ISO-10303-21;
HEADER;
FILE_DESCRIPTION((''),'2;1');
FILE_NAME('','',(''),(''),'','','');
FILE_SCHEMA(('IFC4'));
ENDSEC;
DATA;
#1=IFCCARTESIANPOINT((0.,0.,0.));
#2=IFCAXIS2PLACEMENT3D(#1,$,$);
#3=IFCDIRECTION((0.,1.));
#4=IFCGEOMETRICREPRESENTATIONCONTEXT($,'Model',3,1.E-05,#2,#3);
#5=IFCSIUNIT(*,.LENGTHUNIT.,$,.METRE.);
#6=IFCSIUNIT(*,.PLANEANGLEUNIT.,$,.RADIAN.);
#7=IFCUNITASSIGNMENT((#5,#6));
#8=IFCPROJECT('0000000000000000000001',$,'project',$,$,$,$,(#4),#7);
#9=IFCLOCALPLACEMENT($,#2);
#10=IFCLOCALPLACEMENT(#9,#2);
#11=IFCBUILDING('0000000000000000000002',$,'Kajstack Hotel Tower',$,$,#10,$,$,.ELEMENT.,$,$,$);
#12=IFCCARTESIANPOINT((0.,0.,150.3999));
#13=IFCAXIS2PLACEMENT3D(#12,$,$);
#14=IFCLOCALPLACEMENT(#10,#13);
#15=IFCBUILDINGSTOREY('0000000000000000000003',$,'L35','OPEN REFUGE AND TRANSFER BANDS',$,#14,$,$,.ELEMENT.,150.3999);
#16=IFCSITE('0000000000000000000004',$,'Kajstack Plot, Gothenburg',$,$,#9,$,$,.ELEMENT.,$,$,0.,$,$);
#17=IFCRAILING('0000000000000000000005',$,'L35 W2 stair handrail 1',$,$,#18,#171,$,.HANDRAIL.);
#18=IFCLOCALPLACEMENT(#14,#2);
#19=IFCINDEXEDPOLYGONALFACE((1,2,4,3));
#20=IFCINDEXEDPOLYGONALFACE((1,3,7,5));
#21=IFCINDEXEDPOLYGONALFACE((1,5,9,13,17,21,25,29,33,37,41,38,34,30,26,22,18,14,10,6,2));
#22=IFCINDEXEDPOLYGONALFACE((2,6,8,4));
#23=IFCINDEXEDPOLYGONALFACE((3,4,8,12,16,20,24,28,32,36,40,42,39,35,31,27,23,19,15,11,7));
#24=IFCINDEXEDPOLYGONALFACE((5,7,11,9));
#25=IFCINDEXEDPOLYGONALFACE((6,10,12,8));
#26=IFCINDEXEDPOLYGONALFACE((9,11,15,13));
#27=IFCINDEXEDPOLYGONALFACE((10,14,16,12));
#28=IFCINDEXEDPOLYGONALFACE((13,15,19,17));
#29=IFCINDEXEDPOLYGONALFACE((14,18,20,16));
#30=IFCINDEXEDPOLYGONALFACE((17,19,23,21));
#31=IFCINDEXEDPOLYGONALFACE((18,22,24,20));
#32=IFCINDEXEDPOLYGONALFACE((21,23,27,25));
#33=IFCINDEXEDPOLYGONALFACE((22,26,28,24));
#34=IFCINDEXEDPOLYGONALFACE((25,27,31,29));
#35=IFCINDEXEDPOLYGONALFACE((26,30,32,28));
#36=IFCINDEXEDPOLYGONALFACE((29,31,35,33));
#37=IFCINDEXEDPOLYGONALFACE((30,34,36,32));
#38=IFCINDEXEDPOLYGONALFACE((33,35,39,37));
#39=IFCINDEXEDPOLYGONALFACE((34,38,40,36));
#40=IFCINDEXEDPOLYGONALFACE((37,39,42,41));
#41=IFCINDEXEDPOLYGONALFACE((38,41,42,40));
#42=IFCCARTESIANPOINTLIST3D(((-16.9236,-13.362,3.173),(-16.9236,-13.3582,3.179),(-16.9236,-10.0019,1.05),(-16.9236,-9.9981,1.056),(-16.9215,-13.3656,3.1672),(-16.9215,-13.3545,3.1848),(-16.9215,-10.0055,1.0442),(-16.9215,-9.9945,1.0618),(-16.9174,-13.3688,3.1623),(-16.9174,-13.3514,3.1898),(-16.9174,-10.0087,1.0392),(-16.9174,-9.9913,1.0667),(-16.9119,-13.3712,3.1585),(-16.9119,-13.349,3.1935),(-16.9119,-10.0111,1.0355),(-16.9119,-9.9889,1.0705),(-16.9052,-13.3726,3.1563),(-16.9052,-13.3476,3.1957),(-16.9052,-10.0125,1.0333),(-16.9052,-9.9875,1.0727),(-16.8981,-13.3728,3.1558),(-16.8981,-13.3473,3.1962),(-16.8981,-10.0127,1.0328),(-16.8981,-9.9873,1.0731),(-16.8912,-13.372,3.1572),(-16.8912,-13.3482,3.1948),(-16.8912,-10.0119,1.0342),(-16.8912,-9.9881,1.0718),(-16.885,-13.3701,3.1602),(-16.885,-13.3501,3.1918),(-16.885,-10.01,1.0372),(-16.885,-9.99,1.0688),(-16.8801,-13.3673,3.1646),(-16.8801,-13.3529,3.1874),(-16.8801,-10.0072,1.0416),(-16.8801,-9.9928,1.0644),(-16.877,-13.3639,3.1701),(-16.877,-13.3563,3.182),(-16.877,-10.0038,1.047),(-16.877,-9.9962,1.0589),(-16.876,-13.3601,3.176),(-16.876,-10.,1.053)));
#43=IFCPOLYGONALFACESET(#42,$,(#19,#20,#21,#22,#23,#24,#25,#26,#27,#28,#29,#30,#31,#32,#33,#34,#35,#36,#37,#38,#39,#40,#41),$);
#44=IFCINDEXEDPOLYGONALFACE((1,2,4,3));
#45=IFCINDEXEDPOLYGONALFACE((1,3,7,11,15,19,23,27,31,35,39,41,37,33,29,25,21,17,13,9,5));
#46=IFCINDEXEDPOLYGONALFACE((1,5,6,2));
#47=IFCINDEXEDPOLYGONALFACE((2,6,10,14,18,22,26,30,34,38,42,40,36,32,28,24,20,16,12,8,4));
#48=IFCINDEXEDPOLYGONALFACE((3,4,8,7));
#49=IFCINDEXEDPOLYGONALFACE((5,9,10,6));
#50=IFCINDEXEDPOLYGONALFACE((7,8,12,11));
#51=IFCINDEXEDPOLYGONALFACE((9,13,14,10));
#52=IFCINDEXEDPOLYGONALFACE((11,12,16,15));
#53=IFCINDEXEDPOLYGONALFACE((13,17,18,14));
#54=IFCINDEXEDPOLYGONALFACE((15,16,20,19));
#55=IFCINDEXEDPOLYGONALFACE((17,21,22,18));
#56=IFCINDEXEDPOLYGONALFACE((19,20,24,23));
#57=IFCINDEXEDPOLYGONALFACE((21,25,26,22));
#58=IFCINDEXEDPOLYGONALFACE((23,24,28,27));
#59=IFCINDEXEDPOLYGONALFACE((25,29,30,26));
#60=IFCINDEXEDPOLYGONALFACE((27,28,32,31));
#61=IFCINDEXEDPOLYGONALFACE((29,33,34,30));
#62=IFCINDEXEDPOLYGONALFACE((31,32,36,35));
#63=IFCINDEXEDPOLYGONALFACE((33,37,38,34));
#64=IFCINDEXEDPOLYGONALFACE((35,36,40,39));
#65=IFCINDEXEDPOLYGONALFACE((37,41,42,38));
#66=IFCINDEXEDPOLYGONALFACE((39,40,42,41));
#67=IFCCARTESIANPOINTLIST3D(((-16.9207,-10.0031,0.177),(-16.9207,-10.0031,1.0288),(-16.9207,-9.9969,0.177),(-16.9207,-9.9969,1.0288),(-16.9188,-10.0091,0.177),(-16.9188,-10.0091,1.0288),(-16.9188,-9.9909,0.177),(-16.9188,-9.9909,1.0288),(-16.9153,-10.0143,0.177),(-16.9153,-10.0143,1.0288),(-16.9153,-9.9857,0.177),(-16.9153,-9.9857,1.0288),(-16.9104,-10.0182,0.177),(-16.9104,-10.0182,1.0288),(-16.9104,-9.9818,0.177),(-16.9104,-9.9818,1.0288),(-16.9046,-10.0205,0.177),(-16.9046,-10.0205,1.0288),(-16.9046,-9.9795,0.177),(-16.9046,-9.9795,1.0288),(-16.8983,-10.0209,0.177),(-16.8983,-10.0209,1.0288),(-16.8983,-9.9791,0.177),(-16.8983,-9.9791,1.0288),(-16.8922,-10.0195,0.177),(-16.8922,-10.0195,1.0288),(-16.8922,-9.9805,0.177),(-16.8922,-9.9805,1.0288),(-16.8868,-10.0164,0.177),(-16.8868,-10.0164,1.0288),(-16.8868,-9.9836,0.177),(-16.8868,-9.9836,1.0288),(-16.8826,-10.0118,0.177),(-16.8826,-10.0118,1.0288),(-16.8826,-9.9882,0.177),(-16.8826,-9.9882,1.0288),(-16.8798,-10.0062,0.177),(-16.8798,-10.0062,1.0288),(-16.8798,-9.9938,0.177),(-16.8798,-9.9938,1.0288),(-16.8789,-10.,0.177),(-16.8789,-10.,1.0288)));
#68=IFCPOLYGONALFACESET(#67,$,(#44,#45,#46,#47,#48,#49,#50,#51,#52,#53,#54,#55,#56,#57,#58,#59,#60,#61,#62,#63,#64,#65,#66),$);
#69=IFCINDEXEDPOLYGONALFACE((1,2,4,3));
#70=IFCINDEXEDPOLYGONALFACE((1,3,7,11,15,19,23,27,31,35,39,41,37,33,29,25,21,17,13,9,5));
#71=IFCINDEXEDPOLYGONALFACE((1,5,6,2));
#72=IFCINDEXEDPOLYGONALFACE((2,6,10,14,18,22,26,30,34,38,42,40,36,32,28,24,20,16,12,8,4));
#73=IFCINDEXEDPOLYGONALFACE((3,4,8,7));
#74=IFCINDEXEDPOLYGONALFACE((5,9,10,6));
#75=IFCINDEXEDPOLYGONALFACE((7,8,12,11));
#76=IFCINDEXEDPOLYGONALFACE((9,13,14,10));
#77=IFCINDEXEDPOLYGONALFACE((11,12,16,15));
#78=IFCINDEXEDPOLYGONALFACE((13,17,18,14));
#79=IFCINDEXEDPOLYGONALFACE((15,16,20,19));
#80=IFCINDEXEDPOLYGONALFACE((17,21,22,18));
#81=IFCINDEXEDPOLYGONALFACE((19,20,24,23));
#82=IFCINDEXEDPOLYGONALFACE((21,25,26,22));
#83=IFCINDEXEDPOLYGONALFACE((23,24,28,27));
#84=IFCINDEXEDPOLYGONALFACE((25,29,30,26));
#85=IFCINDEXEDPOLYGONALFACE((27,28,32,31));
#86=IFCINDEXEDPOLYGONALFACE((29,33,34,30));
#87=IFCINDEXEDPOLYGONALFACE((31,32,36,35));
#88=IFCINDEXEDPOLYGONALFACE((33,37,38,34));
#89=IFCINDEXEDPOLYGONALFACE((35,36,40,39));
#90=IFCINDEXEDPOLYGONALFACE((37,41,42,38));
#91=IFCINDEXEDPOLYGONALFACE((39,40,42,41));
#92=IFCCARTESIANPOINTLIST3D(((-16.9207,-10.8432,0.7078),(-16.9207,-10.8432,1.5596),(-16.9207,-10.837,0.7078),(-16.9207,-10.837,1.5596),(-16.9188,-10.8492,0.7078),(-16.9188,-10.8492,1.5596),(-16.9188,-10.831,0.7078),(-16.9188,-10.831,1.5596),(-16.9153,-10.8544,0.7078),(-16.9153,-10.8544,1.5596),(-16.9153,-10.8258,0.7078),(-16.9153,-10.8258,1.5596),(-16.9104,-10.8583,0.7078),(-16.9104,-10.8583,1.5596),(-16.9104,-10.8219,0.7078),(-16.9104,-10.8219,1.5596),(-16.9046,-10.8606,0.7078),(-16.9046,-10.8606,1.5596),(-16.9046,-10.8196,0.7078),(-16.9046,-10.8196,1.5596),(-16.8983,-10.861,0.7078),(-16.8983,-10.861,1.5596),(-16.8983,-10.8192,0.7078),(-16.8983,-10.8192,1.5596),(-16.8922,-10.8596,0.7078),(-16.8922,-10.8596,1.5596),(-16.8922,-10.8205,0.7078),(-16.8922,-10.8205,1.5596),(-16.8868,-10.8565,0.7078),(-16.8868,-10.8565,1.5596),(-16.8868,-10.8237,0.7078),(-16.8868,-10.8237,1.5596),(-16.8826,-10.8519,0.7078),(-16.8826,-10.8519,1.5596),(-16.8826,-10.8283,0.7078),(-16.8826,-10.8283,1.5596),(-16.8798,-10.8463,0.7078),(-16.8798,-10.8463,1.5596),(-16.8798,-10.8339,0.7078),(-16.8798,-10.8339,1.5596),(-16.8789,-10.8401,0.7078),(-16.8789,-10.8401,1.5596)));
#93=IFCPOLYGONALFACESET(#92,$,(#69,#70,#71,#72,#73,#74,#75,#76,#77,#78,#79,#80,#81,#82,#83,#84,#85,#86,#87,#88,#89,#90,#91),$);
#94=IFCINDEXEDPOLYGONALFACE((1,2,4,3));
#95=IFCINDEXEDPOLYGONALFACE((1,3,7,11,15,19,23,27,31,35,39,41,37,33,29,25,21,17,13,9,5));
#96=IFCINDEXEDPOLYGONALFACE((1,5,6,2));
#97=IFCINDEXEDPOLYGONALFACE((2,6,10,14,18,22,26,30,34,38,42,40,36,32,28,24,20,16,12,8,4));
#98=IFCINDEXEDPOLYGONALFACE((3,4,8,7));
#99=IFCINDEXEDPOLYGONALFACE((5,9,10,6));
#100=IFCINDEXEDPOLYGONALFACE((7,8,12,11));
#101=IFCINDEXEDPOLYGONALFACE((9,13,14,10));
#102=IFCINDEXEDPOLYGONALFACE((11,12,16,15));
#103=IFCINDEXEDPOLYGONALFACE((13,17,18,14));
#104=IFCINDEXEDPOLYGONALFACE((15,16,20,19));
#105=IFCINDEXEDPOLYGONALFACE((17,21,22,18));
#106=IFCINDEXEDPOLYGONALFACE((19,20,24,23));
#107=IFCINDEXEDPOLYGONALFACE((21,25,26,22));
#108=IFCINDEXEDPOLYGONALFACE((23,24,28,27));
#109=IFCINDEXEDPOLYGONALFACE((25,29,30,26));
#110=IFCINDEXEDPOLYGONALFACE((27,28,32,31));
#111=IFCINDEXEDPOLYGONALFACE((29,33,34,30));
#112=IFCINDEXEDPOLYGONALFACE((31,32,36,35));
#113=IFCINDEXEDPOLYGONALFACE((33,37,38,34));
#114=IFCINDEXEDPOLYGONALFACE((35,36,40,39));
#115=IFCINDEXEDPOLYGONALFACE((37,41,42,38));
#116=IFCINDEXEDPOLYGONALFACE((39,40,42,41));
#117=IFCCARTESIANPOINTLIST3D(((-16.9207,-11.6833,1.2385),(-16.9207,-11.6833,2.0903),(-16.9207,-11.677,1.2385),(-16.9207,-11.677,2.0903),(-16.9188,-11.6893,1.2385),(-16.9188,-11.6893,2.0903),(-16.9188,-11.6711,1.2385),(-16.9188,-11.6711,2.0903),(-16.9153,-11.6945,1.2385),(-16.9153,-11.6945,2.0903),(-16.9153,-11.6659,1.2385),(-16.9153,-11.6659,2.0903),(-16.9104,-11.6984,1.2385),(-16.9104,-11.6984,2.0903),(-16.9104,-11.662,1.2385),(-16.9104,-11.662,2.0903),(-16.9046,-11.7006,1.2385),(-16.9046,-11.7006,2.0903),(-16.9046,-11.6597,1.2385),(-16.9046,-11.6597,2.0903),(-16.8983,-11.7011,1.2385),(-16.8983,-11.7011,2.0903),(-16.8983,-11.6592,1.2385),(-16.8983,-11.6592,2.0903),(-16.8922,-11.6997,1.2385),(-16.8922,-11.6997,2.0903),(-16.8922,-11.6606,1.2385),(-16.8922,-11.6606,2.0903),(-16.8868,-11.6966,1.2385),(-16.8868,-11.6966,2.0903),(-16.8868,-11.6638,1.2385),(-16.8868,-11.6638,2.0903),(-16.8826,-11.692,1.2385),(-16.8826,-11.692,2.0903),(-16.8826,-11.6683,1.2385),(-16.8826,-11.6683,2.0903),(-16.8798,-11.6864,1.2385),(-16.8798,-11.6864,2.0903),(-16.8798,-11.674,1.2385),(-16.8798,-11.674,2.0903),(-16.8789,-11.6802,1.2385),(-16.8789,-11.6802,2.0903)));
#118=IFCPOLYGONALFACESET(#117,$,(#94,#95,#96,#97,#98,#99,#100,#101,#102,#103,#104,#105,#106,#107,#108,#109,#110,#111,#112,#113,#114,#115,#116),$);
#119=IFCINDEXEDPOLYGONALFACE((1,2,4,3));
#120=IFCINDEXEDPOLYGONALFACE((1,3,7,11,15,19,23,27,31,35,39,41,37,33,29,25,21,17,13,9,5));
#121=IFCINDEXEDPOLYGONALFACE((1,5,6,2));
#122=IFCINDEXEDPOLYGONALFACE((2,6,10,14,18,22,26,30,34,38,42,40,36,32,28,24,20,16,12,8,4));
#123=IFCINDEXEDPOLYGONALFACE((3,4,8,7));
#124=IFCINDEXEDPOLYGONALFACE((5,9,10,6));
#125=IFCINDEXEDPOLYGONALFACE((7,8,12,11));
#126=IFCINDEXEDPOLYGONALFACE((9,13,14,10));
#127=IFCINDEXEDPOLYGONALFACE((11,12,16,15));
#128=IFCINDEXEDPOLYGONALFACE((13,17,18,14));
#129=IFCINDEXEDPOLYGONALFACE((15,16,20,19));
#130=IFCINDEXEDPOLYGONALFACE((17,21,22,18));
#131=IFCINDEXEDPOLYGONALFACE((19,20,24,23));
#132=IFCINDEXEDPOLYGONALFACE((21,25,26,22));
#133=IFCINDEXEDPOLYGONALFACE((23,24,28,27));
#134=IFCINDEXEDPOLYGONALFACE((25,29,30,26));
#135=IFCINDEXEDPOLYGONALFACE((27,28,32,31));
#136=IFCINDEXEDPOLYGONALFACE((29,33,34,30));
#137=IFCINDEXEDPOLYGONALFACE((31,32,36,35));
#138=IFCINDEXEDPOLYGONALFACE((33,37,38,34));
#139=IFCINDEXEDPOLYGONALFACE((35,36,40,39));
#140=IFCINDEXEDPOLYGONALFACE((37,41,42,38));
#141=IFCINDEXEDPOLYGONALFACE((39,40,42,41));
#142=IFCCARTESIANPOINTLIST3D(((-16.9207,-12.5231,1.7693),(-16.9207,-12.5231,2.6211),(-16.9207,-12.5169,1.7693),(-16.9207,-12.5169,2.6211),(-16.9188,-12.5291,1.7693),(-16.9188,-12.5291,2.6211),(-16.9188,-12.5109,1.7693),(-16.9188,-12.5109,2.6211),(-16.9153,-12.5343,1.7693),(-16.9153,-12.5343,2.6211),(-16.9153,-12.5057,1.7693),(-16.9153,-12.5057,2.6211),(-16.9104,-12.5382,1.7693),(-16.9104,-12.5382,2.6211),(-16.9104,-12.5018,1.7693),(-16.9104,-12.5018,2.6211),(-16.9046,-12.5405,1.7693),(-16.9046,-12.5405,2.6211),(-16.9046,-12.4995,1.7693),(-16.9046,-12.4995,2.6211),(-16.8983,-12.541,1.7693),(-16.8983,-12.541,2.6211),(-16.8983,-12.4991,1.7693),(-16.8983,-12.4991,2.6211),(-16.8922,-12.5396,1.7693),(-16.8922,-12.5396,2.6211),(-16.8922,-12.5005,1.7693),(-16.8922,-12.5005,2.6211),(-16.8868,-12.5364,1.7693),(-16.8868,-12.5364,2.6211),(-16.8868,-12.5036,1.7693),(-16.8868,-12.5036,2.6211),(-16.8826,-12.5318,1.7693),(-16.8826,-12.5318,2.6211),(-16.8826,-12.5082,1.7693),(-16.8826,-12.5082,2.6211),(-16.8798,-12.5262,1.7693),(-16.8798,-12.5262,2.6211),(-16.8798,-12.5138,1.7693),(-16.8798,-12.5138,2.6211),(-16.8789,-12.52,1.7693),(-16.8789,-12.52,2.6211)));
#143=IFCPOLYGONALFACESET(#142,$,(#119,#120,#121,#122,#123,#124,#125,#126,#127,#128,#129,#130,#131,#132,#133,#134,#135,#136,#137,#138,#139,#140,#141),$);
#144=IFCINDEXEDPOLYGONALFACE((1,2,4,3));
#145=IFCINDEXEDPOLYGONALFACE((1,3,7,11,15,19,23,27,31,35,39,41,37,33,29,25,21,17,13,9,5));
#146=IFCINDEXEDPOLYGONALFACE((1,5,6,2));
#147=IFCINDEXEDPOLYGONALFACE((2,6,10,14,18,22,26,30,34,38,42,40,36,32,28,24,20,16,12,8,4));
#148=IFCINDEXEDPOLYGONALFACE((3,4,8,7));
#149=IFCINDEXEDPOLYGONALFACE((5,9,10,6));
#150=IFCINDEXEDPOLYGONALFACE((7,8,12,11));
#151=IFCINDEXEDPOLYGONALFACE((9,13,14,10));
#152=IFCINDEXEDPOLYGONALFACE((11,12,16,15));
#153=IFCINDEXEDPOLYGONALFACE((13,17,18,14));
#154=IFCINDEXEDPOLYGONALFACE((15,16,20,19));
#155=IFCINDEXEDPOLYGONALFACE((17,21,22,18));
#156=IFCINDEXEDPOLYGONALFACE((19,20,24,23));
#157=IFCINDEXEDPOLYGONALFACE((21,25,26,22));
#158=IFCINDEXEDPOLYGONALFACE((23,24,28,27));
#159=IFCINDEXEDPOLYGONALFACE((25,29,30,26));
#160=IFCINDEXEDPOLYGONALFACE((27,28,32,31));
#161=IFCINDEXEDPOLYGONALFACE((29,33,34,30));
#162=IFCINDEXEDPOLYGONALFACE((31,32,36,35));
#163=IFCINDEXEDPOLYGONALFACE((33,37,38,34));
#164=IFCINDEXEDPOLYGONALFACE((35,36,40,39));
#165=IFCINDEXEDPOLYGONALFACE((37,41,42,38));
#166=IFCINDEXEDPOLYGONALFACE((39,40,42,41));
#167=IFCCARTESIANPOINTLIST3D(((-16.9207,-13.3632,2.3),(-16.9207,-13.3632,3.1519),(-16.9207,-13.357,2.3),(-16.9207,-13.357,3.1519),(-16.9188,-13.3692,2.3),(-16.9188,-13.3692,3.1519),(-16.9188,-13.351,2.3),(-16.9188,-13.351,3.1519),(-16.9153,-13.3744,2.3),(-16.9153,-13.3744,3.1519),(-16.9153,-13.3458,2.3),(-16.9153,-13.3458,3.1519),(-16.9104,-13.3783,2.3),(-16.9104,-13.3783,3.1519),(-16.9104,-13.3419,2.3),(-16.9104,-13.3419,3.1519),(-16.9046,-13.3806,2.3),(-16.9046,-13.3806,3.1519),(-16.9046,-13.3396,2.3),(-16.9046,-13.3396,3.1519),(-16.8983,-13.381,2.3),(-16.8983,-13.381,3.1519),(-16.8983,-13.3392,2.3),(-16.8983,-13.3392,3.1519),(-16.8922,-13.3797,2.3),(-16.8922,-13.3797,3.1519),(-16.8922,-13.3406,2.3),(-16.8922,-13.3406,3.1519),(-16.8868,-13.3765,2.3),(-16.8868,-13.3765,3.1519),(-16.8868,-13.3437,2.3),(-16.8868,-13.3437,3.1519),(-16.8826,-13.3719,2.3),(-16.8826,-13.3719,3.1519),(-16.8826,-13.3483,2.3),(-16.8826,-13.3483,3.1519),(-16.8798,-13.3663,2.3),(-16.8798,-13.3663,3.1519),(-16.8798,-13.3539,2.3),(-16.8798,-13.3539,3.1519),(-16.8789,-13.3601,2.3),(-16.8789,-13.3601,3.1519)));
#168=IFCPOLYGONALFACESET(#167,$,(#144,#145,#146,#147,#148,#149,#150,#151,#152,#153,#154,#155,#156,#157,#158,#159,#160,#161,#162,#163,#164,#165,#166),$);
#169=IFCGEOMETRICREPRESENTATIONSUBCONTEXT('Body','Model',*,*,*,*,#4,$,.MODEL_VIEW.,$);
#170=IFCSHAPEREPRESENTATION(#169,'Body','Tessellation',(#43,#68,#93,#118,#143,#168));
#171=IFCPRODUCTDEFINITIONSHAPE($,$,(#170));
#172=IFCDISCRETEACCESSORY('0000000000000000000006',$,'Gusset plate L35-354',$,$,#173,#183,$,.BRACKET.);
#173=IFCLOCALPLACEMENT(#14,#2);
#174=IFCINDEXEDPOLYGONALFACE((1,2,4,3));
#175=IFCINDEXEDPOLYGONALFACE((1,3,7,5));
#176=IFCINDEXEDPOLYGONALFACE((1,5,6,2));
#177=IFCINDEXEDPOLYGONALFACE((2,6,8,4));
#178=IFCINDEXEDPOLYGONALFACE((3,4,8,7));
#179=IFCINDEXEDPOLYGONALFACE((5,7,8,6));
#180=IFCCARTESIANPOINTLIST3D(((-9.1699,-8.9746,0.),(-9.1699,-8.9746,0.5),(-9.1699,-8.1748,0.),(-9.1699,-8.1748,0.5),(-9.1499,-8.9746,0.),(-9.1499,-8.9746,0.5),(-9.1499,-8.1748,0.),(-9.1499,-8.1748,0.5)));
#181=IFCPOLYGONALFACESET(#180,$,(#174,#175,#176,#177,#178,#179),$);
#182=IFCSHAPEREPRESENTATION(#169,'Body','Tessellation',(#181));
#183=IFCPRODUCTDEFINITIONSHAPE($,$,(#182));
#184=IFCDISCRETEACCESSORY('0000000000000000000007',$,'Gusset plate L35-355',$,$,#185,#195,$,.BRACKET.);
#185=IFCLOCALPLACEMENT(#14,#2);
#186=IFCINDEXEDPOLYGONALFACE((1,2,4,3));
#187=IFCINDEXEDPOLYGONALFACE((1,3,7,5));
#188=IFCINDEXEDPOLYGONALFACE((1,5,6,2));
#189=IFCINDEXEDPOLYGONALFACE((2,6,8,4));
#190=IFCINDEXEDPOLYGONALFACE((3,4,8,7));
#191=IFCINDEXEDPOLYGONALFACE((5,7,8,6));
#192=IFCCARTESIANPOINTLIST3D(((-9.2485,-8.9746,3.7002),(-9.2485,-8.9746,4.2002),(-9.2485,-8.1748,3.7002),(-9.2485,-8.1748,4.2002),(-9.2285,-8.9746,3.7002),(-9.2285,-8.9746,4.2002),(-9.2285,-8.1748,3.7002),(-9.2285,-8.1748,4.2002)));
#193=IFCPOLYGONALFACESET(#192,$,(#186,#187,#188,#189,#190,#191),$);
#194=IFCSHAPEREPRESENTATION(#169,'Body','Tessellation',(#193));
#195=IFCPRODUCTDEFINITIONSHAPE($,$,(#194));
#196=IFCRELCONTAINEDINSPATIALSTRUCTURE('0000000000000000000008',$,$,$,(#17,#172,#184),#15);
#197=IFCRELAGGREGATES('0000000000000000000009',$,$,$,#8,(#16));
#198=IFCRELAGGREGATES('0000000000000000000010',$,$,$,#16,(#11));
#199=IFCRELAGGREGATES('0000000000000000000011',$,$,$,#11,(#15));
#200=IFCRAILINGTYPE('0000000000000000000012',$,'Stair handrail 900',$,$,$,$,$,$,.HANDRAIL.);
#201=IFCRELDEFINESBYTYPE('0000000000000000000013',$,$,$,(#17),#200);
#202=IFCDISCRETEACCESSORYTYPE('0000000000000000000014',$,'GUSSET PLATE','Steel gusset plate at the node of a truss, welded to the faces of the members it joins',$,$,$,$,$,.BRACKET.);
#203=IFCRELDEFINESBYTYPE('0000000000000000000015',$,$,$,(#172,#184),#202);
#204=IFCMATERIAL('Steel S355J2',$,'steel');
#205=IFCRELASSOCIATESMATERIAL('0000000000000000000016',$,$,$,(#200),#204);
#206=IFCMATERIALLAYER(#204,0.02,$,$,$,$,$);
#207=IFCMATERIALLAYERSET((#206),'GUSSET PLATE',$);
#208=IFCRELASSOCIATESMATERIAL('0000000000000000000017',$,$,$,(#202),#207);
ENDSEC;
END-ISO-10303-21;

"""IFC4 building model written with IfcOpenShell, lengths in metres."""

from ifc_helpers import new_model, si_unit, direction, frame, origin, origin_2d, place, context, subcontext, project, spatial, polyline, circle, outline, extrude, material, layer, layer_set, type_object, element, save


model = new_model("IFC4")

# Units and contexts
model_context = context("Model", 3, precision=1e-05, world=origin(), true_north=direction((0.0, 1.0)))
body_context = subcontext(model_context, "Body", "Model", "MODEL_VIEW")
ifc_project = project(units=[si_unit("LENGTHUNIT", "METRE"), si_unit("PLANEANGLEUNIT", "RADIAN")], contexts=[model_context])

# Site, building, storey
site_placement = place(None, origin())
site = spatial("IfcSite", under=ifc_project, at=site_placement, Name="Kajstack Plot, Gothenburg", CompositionType="ELEMENT", RefElevation=0.0)
building_placement = place(site_placement, origin())
building = spatial("IfcBuilding", under=site, at=building_placement, Name="Kajstack Hotel Tower", CompositionType="ELEMENT")
storey_placement = place(building_placement, frame((0.0, 0.0, 150.3999)))
storey = spatial("IfcBuildingStorey", under=building, at=storey_placement, Name="L35", Description="OPEN REFUGE AND TRANSFER BANDS", CompositionType="ELEMENT", Elevation=150.3999)

# Shared definitions
ifc_material_1 = material(Name="Steel S355J2", Category="steel")

# Railing
railing_type_1 = type_object("IfcRailingType", Name="Stair handrail 900", PredefinedType="HANDRAIL", material=ifc_material_1)
railing_1_placement = place(storey_placement, frame((-16.8999, -10.0, 0.177)))
element("IfcRailing", 1, at=railing_1_placement, inside=storey, type_object=railing_type_1, Name="L35 W2 stair handrail 1", PredefinedType="HANDRAIL", context=body_context, shape_type="SweptSolid", body=[
    extrude(circle(Radius=0.0239, at=origin_2d()), frame((0.0, 0.0, 0.876), z_axis=(0.0, -0.84539, 0.53415), x_axis=(1.0, 0.0, 0.0)), (0.0, 0.0, 1.0), 3.9746),
    extrude(circle(Radius=0.021, at=origin_2d()), origin(), (0.0, 0.0, 1.0), 0.8518),
    extrude(circle(Radius=0.021, at=origin_2d()), frame((0.0, -0.8401, 0.5308)), (0.0, 0.0, 1.0), 0.8518),
    extrude(circle(Radius=0.021, at=origin_2d()), frame((0.0, -1.6802, 1.0615)), (0.0, 0.0, 1.0), 0.8518),
    extrude(circle(Radius=0.021, at=origin_2d()), frame((0.0, -2.52, 1.5923)), (0.0, 0.0, 1.0), 0.8518),
    extrude(circle(Radius=0.021, at=origin_2d()), frame((0.0, -3.3601, 2.123)), (0.0, 0.0, 1.0), 0.8518),
])

# Discrete accessories
ifc_layer_1 = layer(ifc_material_1, 0.02)
ifc_layer_set_1 = layer_set([ifc_layer_1], Name="GUSSET PLATE")
discrete_accessory_type = type_object("IfcDiscreteAccessoryType", Name="GUSSET PLATE", Description="Steel gusset plate at the node of a truss, welded to the faces of the members it joins", PredefinedType="BRACKET", material=ifc_layer_set_1)
for number, where, z_axis, x_axis, name in (
    (2, (-9.1699, -8.5747, 0.0), (1.0, 0.0, 0.0), (0.0, 1.0, 0.0), "Gusset plate L35-354"),
    (3, (-9.2485, -8.5747, 3.7002), (1.0, 0.0, 0.0), (0.0, 1.0, 0.0), "Gusset plate L35-355"),
):
    element("IfcDiscreteAccessory", number, at=place(storey_placement, frame(where, z_axis=z_axis, x_axis=x_axis)), inside=storey, type_object=discrete_accessory_type, Name=name, PredefinedType="BRACKET", context=body_context, shape_type="SweptSolid", body=[
        extrude(outline(polyline([(-0.3999, 0.0), (0.3999, 0.0), (0.3999, 0.5), (-0.3999, 0.5), (-0.3999, 0.0)])), origin(), (0.0, 0.0, 1.0), 0.02),
    ])

save(model, "model.ifc")
